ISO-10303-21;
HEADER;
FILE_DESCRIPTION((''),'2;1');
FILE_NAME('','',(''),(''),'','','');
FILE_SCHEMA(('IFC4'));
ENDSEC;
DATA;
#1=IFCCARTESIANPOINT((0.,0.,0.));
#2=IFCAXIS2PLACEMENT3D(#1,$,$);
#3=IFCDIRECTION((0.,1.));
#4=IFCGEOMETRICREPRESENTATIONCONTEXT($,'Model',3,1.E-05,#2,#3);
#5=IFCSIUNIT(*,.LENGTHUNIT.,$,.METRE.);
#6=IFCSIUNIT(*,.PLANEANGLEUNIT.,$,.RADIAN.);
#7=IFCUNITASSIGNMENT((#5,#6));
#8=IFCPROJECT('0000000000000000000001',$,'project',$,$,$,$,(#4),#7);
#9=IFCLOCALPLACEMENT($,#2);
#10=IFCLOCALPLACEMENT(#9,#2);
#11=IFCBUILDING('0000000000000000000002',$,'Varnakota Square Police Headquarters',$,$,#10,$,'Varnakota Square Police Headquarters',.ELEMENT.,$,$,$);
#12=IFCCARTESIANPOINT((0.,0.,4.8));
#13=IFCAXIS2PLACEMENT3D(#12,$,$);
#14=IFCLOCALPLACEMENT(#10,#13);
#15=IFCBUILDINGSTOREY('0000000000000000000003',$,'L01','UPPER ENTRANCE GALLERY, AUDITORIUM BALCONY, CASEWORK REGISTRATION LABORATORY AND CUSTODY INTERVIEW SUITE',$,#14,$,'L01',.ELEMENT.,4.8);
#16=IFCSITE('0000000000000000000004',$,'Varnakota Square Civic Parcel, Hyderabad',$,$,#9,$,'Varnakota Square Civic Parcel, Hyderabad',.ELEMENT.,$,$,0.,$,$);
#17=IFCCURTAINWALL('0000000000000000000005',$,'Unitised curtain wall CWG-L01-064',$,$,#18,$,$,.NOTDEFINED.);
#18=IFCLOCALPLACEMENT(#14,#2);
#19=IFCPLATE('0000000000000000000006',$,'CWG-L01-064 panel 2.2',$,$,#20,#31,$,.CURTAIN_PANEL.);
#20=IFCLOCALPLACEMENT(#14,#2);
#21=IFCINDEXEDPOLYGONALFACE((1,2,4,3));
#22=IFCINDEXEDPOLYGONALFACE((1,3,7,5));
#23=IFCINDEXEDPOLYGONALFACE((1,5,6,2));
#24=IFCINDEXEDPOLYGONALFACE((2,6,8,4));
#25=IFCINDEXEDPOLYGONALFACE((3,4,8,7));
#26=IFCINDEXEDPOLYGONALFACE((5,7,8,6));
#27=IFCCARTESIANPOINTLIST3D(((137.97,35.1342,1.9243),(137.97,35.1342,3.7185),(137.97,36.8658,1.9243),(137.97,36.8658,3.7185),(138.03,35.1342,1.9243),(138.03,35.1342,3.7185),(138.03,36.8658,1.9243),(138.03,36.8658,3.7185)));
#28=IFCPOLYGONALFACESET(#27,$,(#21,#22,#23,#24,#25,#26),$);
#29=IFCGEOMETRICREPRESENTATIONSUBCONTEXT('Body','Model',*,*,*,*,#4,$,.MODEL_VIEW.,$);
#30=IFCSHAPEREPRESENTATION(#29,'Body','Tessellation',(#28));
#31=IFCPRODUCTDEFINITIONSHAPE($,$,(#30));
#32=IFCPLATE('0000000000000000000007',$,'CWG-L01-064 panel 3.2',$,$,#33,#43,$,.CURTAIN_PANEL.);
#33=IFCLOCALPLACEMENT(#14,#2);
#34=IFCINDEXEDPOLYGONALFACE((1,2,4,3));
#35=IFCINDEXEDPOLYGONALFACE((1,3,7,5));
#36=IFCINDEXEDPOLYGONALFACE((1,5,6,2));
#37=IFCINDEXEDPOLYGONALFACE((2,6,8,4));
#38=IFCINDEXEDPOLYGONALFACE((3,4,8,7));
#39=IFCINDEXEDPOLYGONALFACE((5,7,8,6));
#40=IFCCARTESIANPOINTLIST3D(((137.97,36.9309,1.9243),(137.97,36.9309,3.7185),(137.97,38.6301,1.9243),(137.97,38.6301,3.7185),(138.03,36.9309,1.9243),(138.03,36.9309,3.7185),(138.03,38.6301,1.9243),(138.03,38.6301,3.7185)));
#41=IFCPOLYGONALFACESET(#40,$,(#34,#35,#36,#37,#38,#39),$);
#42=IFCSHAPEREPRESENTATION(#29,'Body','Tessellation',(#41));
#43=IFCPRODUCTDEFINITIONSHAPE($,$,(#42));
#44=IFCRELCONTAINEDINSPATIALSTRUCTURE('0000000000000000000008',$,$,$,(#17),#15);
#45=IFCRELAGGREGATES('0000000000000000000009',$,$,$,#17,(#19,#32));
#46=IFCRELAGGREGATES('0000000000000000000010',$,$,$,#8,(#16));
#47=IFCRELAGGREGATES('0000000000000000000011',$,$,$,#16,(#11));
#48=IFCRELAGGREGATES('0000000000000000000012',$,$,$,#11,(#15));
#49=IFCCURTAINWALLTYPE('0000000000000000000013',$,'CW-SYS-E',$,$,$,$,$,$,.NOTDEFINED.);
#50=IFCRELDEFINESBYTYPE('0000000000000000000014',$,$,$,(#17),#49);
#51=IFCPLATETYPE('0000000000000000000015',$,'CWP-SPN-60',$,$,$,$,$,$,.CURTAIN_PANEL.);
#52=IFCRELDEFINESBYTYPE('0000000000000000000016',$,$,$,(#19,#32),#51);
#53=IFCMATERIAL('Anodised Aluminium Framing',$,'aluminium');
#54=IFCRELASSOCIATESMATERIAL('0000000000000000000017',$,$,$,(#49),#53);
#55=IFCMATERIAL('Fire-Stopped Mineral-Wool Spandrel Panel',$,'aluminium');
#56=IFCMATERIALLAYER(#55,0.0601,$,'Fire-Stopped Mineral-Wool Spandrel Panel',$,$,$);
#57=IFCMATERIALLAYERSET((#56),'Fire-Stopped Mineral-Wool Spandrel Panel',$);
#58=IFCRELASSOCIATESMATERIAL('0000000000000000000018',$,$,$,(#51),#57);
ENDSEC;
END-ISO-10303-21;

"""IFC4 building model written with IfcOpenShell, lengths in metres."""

from ifc_helpers import new_model, si_unit, direction, frame, origin, origin_2d, place, context, subcontext, project, spatial, rectangle, extrude, material, layer, layer_set, type_object, element, aggregate, save


model = new_model("IFC4")

# Units and contexts
model_context = context("Model", 3, precision=1e-05, world=origin(), true_north=direction((0.0, 1.0)))
body_context = subcontext(model_context, "Body", "Model", "MODEL_VIEW")
ifc_project = project(units=[si_unit("LENGTHUNIT", "METRE"), si_unit("PLANEANGLEUNIT", "RADIAN")], contexts=[model_context])

# Site, building, storey
site_placement = place(None, origin())
site = spatial("IfcSite", under=ifc_project, at=site_placement, Name="Varnakota Square Civic Parcel, Hyderabad", LongName="Varnakota Square Civic Parcel, Hyderabad", CompositionType="ELEMENT", RefElevation=0.0)
building_placement = place(site_placement, origin())
building = spatial("IfcBuilding", under=site, at=building_placement, Name="Varnakota Square Police Headquarters", LongName="Varnakota Square Police Headquarters", CompositionType="ELEMENT")
storey_placement = place(building_placement, frame((0.0, 0.0, 4.8)))
storey = spatial("IfcBuildingStorey", under=building, at=storey_placement, Name="L01", Description="UPPER ENTRANCE GALLERY, AUDITORIUM BALCONY, CASEWORK REGISTRATION LABORATORY AND CUSTODY INTERVIEW SUITE", LongName="L01", CompositionType="ELEMENT", Elevation=4.8)

# Curtain wall, plates
ifc_material_1 = material(Name="Anodised Aluminium Framing", Category="aluminium")
curtain_wall_type = type_object("IfcCurtainWallType", Name="CW-SYS-E", PredefinedType="NOTDEFINED", material=ifc_material_1)
curtain_wall_placement = place(storey_placement, origin())
curtain_wall = element("IfcCurtainWall", 1, at=curtain_wall_placement, inside=storey, type_object=curtain_wall_type, Name="Unitised curtain wall CWG-L01-064", PredefinedType="NOTDEFINED")
ifc_material_2 = material(Name="Fire-Stopped Mineral-Wool Spandrel Panel", Category="aluminium")
ifc_layer_1 = layer(ifc_material_2, 0.0601, Name="Fire-Stopped Mineral-Wool Spandrel Panel")
ifc_layer_set_1 = layer_set([ifc_layer_1], Name="Fire-Stopped Mineral-Wool Spandrel Panel")
plate_type_1 = type_object("IfcPlateType", Name="CWP-SPN-60", PredefinedType="CURTAIN_PANEL", material=ifc_layer_set_1)
plate_1_placement = place(storey_placement, frame((138.0, 36.0, 1.9243), z_axis=(0.0, 0.0, 1.0), x_axis=(0.0, 1.0, 0.0)))
plate_1 = element("IfcPlate", 2, at=plate_1_placement, type_object=plate_type_1, Name="CWG-L01-064 panel 2.2", PredefinedType="CURTAIN_PANEL", context=body_context, shape_type="SweptSolid", body=[
    extrude(rectangle(XDim=1.7317, YDim=0.0601, at=origin_2d()), origin(), (0.0, 0.0, 1.0), 1.7942),
])
plate_2_placement = place(storey_placement, frame((138.0, 37.7805, 1.9243), z_axis=(0.0, 0.0, 1.0), x_axis=(0.0, 1.0, 0.0)))
plate_2 = element("IfcPlate", 3, at=plate_2_placement, type_object=plate_type_1, Name="CWG-L01-064 panel 3.2", PredefinedType="CURTAIN_PANEL", context=body_context, shape_type="SweptSolid", body=[
    extrude(rectangle(XDim=1.6992, YDim=0.0601, at=origin_2d()), origin(), (0.0, 0.0, 1.0), 1.7942),
])
aggregate(curtain_wall, [plate_1, plate_2])

save(model, "model.ifc")
